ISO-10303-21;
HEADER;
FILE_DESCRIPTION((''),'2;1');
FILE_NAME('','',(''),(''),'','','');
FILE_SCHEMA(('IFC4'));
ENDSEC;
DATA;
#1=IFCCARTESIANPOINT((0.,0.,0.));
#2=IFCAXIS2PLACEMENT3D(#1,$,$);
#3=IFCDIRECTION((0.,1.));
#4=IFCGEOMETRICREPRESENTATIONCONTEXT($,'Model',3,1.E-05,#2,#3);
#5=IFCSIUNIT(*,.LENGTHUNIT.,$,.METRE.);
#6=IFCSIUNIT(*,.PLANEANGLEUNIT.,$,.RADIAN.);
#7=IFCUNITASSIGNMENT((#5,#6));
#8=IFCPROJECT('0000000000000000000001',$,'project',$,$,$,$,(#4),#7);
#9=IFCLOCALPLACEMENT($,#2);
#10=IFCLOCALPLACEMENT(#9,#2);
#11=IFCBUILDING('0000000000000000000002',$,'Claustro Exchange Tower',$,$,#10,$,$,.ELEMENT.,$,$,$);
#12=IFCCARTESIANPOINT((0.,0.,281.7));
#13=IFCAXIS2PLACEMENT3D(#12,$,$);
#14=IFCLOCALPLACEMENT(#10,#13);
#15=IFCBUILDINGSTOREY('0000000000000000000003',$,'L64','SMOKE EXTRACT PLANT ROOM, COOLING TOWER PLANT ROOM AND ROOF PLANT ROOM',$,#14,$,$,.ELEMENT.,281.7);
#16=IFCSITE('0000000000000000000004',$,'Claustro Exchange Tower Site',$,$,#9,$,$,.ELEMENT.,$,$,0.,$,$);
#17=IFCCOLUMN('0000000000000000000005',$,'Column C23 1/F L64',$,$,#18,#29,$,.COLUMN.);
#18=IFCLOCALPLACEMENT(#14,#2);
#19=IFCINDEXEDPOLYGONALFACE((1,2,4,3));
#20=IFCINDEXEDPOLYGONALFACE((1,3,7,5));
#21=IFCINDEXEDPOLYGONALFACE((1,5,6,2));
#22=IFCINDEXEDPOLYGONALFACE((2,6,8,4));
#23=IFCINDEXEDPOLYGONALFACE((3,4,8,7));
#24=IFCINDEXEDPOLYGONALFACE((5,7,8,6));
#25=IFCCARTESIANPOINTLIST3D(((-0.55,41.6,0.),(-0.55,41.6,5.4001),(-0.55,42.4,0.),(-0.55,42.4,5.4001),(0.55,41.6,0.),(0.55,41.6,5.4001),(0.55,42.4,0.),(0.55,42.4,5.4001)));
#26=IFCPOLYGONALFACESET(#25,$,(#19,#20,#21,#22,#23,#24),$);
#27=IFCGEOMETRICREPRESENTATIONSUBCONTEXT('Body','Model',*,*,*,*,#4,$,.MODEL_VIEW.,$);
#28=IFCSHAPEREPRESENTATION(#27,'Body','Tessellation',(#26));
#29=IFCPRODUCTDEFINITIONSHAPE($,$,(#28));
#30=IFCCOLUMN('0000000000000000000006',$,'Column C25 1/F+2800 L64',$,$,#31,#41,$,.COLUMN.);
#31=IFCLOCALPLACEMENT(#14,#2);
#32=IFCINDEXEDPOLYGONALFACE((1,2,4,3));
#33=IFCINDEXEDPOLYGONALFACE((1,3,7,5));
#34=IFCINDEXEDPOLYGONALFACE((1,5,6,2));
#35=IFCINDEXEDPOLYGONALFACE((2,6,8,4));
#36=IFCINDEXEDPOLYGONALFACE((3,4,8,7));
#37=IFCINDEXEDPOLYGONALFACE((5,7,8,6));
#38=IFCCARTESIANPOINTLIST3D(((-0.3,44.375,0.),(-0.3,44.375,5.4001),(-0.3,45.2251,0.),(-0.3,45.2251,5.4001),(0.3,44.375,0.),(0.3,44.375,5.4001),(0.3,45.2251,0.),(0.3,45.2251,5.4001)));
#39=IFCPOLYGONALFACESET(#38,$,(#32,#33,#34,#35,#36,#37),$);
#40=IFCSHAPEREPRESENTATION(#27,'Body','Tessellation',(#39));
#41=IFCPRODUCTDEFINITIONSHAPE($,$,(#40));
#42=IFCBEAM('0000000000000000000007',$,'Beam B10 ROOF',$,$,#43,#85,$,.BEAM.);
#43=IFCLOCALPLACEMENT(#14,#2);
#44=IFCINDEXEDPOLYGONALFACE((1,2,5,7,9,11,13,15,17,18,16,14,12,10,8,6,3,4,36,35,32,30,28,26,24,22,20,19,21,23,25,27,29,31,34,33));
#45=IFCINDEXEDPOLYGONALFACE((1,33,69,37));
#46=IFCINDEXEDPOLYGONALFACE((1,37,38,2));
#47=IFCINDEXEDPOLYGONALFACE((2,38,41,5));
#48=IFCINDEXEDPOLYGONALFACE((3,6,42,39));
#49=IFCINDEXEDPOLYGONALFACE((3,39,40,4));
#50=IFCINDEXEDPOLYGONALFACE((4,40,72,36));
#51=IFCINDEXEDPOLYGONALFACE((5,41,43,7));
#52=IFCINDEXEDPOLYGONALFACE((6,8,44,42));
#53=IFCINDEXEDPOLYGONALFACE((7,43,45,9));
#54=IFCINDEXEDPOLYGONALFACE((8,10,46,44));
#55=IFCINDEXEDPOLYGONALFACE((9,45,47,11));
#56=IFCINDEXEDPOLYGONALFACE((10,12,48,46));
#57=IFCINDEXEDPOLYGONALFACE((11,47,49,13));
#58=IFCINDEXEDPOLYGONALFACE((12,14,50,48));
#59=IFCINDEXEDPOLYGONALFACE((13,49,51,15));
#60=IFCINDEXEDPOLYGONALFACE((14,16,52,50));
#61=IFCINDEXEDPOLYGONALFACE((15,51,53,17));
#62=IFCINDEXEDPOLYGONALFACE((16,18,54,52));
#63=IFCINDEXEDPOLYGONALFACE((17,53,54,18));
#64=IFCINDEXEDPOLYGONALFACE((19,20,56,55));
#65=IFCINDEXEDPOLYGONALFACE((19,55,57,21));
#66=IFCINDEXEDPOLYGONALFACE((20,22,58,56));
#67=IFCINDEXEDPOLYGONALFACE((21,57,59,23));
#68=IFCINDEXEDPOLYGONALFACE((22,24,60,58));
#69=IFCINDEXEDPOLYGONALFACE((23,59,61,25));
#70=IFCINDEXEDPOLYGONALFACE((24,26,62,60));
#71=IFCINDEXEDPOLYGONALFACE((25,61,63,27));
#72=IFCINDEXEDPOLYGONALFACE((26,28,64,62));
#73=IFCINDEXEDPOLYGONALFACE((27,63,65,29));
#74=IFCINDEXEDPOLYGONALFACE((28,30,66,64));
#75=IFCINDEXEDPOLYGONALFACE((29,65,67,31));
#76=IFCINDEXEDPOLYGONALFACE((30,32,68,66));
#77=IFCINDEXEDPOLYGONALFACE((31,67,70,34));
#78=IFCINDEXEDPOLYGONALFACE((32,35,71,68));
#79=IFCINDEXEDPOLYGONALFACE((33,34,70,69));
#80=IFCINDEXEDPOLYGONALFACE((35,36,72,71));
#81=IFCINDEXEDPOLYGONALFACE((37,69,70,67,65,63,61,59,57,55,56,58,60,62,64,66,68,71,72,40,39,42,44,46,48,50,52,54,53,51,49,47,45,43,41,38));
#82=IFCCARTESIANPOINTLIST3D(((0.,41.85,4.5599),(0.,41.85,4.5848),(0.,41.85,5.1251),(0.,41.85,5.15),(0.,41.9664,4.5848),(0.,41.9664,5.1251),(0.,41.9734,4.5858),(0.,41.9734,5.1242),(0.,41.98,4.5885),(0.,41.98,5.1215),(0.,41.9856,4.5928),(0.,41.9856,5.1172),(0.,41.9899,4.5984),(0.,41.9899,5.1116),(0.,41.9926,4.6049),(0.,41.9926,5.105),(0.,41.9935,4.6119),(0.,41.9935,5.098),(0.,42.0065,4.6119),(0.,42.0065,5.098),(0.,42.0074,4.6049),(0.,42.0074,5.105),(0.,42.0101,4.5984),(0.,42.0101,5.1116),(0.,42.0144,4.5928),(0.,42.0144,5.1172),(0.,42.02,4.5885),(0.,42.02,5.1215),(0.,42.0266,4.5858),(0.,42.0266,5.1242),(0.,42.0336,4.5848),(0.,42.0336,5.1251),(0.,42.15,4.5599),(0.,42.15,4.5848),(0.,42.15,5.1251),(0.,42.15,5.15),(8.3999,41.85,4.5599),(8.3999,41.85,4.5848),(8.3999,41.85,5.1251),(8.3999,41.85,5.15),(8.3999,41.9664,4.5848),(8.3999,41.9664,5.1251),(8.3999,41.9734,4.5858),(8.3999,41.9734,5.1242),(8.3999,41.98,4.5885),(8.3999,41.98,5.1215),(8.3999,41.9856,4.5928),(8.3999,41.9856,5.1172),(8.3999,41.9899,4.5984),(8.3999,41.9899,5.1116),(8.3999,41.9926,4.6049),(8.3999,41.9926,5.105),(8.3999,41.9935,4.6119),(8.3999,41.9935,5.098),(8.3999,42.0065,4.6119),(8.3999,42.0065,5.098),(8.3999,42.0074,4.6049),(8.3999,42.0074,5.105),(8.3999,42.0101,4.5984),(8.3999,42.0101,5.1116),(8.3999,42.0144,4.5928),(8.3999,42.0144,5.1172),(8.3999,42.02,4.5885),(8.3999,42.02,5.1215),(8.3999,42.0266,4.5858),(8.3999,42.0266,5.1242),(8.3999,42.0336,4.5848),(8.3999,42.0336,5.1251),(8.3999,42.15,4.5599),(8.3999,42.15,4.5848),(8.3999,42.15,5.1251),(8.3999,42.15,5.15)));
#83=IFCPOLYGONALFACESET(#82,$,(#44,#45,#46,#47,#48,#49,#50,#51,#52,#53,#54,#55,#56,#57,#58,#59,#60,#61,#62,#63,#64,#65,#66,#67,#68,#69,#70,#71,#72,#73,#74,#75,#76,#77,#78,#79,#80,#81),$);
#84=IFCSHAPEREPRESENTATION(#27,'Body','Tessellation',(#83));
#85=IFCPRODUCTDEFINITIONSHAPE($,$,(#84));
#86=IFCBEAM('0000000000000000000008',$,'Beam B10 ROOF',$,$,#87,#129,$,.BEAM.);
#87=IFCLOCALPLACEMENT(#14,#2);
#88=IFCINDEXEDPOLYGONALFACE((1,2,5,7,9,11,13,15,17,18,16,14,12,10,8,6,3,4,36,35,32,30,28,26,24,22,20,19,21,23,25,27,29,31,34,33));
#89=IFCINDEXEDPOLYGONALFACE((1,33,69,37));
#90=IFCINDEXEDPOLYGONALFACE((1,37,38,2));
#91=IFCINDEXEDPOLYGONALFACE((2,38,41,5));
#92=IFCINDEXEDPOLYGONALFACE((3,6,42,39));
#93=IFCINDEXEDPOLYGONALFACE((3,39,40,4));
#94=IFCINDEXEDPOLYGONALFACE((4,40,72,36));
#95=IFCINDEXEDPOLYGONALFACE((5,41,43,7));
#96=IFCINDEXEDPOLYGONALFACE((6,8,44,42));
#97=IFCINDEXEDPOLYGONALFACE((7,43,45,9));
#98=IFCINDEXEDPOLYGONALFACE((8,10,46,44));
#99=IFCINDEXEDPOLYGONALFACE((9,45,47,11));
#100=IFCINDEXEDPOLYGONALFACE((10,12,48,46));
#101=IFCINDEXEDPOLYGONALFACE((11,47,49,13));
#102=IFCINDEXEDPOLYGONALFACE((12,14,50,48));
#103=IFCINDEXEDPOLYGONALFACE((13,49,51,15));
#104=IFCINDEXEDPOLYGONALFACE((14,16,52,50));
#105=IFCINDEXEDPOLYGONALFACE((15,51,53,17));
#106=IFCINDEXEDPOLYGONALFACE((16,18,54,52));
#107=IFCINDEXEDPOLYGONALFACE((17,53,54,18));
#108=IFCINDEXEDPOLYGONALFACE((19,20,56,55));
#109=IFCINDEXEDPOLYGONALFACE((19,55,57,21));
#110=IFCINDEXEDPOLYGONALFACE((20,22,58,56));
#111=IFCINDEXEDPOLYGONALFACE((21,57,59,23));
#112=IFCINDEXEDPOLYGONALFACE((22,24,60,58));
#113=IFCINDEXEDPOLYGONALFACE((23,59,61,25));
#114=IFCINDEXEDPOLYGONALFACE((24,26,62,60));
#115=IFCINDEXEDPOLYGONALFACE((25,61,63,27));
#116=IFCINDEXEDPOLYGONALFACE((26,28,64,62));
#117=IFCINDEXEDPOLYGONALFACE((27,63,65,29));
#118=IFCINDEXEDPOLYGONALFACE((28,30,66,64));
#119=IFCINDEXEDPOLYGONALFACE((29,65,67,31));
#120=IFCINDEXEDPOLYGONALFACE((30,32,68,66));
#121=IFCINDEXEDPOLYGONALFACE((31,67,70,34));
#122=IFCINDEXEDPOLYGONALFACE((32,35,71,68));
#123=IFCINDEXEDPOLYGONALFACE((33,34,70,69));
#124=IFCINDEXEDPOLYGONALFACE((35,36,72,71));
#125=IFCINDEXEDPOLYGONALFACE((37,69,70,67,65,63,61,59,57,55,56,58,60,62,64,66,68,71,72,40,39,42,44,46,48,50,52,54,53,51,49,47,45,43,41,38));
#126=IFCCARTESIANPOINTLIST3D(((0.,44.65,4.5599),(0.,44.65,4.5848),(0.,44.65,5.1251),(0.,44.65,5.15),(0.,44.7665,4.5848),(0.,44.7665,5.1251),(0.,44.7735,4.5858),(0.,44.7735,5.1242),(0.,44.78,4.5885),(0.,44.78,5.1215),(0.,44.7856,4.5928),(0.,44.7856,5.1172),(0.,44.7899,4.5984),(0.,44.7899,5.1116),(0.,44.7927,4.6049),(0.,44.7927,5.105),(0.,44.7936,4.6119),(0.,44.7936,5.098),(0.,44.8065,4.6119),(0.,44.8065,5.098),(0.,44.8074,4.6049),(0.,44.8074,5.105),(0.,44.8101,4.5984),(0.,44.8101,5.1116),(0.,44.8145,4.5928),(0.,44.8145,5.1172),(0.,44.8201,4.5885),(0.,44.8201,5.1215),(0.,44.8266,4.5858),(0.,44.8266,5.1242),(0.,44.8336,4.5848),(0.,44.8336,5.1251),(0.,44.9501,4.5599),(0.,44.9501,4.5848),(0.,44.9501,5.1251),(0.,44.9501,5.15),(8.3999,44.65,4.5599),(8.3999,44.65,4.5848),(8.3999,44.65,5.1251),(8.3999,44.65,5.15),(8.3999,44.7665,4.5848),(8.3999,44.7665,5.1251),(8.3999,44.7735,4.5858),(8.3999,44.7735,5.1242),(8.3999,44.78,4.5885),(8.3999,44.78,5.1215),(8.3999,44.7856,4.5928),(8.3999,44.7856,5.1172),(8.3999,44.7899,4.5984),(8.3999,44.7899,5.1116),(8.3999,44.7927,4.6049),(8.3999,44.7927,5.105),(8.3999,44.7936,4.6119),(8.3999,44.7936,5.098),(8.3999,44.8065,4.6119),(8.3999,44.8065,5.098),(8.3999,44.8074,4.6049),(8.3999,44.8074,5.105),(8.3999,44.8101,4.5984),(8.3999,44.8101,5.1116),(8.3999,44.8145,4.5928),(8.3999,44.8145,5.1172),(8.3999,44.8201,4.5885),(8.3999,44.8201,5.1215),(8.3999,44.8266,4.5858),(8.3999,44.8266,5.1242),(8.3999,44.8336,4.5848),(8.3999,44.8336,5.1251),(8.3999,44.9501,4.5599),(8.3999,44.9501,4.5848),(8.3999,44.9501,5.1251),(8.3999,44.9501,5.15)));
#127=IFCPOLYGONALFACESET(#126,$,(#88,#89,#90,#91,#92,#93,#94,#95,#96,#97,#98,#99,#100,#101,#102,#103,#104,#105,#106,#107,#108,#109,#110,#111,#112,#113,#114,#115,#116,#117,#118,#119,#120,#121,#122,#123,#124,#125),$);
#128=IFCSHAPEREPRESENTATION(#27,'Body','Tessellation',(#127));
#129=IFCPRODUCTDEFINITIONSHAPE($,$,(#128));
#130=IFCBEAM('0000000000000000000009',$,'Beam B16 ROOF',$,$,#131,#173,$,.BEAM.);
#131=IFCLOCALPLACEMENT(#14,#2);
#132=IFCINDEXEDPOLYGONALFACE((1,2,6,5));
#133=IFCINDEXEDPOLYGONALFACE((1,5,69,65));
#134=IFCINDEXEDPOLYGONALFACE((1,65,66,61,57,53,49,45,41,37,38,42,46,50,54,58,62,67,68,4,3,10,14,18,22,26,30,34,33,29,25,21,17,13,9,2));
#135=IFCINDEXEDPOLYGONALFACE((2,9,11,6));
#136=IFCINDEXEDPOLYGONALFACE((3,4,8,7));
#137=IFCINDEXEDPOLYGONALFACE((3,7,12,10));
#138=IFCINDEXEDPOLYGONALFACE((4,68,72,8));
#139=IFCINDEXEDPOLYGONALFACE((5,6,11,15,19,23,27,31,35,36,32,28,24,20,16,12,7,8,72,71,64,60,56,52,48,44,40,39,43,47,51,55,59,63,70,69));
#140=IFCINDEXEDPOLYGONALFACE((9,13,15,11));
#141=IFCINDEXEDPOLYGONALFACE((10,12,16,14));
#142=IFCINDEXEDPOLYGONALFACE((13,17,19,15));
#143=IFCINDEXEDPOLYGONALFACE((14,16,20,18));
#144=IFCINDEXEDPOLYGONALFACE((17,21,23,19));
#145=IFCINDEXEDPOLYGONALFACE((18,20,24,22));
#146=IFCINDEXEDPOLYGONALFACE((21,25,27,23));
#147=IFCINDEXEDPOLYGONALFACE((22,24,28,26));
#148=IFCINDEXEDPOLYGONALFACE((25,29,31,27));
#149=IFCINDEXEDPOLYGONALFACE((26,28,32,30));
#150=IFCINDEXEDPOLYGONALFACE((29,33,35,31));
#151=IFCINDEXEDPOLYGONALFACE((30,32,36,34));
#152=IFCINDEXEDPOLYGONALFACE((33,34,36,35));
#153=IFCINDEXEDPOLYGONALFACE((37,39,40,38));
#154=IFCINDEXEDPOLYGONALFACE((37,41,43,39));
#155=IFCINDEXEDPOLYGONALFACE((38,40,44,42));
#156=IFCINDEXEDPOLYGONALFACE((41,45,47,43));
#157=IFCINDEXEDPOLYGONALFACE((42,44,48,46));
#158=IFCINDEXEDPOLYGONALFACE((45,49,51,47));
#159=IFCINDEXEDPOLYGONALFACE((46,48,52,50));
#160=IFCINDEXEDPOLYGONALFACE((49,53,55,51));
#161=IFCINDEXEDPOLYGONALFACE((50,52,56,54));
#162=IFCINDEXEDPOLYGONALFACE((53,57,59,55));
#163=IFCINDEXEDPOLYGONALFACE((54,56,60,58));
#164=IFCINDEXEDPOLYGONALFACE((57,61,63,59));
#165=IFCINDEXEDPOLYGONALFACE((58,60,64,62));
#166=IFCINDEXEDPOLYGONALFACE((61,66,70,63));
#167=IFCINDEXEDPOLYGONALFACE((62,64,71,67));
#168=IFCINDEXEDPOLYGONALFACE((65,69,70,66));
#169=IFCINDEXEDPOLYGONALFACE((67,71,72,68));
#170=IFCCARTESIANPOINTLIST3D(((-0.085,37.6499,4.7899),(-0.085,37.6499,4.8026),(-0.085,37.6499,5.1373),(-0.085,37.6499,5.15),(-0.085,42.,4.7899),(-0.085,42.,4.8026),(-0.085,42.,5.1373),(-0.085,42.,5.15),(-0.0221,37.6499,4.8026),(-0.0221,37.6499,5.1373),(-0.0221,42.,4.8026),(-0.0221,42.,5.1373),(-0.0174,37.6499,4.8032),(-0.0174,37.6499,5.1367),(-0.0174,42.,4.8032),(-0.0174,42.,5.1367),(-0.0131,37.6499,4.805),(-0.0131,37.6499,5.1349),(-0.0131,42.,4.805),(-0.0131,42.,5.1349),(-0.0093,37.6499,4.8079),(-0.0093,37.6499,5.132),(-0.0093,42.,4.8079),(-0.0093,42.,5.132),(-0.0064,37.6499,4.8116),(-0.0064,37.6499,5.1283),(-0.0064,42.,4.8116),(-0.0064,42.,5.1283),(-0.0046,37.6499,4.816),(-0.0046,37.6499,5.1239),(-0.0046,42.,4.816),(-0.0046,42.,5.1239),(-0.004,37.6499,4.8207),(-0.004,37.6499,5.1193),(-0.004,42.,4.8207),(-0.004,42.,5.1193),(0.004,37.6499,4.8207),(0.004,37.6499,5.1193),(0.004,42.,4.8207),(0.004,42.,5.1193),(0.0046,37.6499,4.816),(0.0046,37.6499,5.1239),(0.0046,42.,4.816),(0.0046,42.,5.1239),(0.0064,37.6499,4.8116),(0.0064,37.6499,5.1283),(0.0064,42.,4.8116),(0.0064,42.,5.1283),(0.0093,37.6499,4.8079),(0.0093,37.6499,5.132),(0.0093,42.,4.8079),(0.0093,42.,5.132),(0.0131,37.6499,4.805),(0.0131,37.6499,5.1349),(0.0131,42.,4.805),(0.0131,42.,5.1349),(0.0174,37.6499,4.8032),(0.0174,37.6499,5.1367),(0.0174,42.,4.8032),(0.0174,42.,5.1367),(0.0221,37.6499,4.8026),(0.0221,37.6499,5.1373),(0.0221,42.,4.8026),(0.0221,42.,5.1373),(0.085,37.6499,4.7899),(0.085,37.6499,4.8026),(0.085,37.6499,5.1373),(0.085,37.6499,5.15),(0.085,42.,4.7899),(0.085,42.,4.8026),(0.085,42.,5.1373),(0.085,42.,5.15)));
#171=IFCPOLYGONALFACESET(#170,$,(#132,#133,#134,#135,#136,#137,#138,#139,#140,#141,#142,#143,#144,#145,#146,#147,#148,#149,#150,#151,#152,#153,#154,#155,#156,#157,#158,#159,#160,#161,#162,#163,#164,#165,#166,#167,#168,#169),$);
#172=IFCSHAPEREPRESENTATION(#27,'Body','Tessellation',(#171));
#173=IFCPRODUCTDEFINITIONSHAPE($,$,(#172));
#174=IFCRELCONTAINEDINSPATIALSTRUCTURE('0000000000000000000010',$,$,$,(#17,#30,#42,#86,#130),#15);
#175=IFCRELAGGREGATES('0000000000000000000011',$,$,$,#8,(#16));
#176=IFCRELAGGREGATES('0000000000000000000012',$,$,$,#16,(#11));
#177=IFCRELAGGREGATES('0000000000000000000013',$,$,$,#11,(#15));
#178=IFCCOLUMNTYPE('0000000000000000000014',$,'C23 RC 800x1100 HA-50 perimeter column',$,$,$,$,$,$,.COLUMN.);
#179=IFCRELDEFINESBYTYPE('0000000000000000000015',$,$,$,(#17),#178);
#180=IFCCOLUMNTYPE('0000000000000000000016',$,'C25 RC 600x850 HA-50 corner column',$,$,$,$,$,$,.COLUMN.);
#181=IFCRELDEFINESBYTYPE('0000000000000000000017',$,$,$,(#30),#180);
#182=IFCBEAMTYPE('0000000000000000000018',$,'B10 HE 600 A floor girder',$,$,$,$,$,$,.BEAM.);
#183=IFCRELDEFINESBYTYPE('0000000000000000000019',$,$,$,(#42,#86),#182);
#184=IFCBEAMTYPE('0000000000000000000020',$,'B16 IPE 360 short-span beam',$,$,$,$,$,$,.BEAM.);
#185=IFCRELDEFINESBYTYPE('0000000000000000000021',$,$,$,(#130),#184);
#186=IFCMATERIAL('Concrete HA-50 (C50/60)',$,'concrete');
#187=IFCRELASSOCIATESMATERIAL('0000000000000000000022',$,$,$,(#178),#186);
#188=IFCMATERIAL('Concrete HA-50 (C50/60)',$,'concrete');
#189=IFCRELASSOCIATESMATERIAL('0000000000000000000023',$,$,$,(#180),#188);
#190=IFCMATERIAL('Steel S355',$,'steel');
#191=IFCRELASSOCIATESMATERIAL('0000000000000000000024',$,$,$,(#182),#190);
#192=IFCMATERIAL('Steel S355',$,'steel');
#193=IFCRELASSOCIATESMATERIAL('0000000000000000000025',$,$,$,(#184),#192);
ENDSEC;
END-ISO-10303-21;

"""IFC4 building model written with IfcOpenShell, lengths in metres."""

from ifc_helpers import new_model, si_unit, direction, frame, origin, origin_2d, place, context, subcontext, project, spatial, rectangle, i_section, extrude, material, material_profile, profile_set, type_object, element, save


model = new_model("IFC4")

# Units and contexts
model_context = context("Model", 3, precision=1e-05, world=origin(), true_north=direction((0.0, 1.0)))
body_context = subcontext(model_context, "Body", "Model", "MODEL_VIEW")
ifc_project = project(units=[si_unit("LENGTHUNIT", "METRE"), si_unit("PLANEANGLEUNIT", "RADIAN")], contexts=[model_context])

# Site, building, storey
site_placement = place(None, origin())
site = spatial("IfcSite", under=ifc_project, at=site_placement, Name="Claustro Exchange Tower Site", CompositionType="ELEMENT", RefElevation=0.0)
building_placement = place(site_placement, origin())
building = spatial("IfcBuilding", under=site, at=building_placement, Name="Claustro Exchange Tower", CompositionType="ELEMENT")
storey_placement = place(building_placement, frame((0.0, 0.0, 281.7)))
storey = spatial("IfcBuildingStorey", under=building, at=storey_placement, Name="L64", Description="SMOKE EXTRACT PLANT ROOM, COOLING TOWER PLANT ROOM AND ROOF PLANT ROOM", CompositionType="ELEMENT", Elevation=281.7)

# Columns
ifc_material_1 = material(Name="Concrete HA-50 (C50/60)", Category="concrete")
ifc_material_profile_1 = material_profile(ifc_material_1, rectangle(XDim=0.8, YDim=1.1001, at=origin_2d()), Name="RC 800x1100")
ifc_profile_set_1 = profile_set([ifc_material_profile_1], Name="Concrete HA-50 (C50/60)")
column_type_1 = type_object("IfcColumnType", Name="C23 RC 800x1100 HA-50 perimeter column", PredefinedType="COLUMN", material=ifc_profile_set_1)
column_1_placement = place(storey_placement, frame((0.0, 42.0, 0.0), z_axis=(0.0, 0.0, 1.0), x_axis=(0.0, 1.0, 0.0)))
element("IfcColumn", 1, at=column_1_placement, inside=storey, type_object=column_type_1, Name="Column C23 1/F L64", PredefinedType="COLUMN", context=body_context, shape_type="SweptSolid", body=[
    extrude(rectangle(XDim=0.8, YDim=1.1001, at=origin_2d()), origin(), (0.0, 0.0, 1.0), 5.4001),
])
ifc_material_2 = material(Name="Concrete HA-50 (C50/60)", Category="concrete")
ifc_material_profile_2 = material_profile(ifc_material_2, rectangle(XDim=0.6001, YDim=0.8501, at=origin_2d()), Name="RC 600x850")
ifc_profile_set_2 = profile_set([ifc_material_profile_2], Name="Concrete HA-50 (C50/60)")
column_type_2 = type_object("IfcColumnType", Name="C25 RC 600x850 HA-50 corner column", PredefinedType="COLUMN", material=ifc_profile_set_2)
column_2_placement = place(storey_placement, frame((0.0, 44.8, 0.0), z_axis=(0.0, 0.0, 1.0), x_axis=(1.0, 0.0, 0.0)))
element("IfcColumn", 2, at=column_2_placement, inside=storey, type_object=column_type_2, Name="Column C25 1/F+2800 L64", PredefinedType="COLUMN", context=body_context, shape_type="SweptSolid", body=[
    extrude(rectangle(XDim=0.6001, YDim=0.8501, at=origin_2d()), origin(), (0.0, 0.0, 1.0), 5.4001),
])

# Beams
ifc_material_3 = material(Name="Steel S355", Category="steel")
ifc_material_profile_3 = material_profile(ifc_material_3, i_section(OverallWidth=0.3, OverallDepth=0.5901, WebThickness=0.0129, FlangeThickness=0.0249, FilletRadius=0.0271, at=origin_2d()), Name="HE 600 A")
ifc_profile_set_3 = profile_set([ifc_material_profile_3], Name="Steel S355")
beam_type_1 = type_object("IfcBeamType", Name="B10 HE 600 A floor girder", PredefinedType="BEAM", material=ifc_profile_set_3)
for number, where, z_axis, x_axis, name in (
    (3, (0.0, 42.0, 4.855), (1.0, 0.0, 0.0), (0.0, 1.0, 0.0), "Beam B10 ROOF"),
    (4, (0.0, 44.8, 4.855), (1.0, 0.0, 0.0), (0.0, 1.0, 0.0), "Beam B10 ROOF"),
):
    element("IfcBeam", number, at=place(storey_placement, frame(where, z_axis=z_axis, x_axis=x_axis)), inside=storey, type_object=beam_type_1, Name=name, PredefinedType="BEAM", context=body_context, shape_type="SweptSolid", body=[
        extrude(i_section(OverallWidth=0.3, OverallDepth=0.5901, WebThickness=0.0129, FlangeThickness=0.0249, FilletRadius=0.0271, at=origin_2d()), origin(), (0.0, 0.0, 1.0), 8.3999),
    ])
ifc_material_4 = material(Name="Steel S355", Category="steel")
ifc_material_profile_4 = material_profile(ifc_material_4, i_section(OverallWidth=0.1699, OverallDepth=0.3601, WebThickness=0.0081, FlangeThickness=0.0127, FilletRadius=0.0181, at=origin_2d()), Name="IPE 360")
ifc_profile_set_4 = profile_set([ifc_material_profile_4], Name="Steel S355")
beam_type_2 = type_object("IfcBeamType", Name="B16 IPE 360 short-span beam", PredefinedType="BEAM", material=ifc_profile_set_4)
beam_1_placement = place(storey_placement, frame((0.0, 37.6499, 4.97), z_axis=(0.0, 1.0, 0.0), x_axis=(-1.0, 0.0, 0.0)))
element("IfcBeam", 5, at=beam_1_placement, inside=storey, type_object=beam_type_2, Name="Beam B16 ROOF", PredefinedType="BEAM", context=body_context, shape_type="SweptSolid", body=[
    extrude(i_section(OverallWidth=0.1699, OverallDepth=0.3601, WebThickness=0.0081, FlangeThickness=0.0127, FilletRadius=0.0181, at=origin_2d()), origin(), (0.0, 0.0, 1.0), 4.3501),
])

save(model, "model.ifc")
